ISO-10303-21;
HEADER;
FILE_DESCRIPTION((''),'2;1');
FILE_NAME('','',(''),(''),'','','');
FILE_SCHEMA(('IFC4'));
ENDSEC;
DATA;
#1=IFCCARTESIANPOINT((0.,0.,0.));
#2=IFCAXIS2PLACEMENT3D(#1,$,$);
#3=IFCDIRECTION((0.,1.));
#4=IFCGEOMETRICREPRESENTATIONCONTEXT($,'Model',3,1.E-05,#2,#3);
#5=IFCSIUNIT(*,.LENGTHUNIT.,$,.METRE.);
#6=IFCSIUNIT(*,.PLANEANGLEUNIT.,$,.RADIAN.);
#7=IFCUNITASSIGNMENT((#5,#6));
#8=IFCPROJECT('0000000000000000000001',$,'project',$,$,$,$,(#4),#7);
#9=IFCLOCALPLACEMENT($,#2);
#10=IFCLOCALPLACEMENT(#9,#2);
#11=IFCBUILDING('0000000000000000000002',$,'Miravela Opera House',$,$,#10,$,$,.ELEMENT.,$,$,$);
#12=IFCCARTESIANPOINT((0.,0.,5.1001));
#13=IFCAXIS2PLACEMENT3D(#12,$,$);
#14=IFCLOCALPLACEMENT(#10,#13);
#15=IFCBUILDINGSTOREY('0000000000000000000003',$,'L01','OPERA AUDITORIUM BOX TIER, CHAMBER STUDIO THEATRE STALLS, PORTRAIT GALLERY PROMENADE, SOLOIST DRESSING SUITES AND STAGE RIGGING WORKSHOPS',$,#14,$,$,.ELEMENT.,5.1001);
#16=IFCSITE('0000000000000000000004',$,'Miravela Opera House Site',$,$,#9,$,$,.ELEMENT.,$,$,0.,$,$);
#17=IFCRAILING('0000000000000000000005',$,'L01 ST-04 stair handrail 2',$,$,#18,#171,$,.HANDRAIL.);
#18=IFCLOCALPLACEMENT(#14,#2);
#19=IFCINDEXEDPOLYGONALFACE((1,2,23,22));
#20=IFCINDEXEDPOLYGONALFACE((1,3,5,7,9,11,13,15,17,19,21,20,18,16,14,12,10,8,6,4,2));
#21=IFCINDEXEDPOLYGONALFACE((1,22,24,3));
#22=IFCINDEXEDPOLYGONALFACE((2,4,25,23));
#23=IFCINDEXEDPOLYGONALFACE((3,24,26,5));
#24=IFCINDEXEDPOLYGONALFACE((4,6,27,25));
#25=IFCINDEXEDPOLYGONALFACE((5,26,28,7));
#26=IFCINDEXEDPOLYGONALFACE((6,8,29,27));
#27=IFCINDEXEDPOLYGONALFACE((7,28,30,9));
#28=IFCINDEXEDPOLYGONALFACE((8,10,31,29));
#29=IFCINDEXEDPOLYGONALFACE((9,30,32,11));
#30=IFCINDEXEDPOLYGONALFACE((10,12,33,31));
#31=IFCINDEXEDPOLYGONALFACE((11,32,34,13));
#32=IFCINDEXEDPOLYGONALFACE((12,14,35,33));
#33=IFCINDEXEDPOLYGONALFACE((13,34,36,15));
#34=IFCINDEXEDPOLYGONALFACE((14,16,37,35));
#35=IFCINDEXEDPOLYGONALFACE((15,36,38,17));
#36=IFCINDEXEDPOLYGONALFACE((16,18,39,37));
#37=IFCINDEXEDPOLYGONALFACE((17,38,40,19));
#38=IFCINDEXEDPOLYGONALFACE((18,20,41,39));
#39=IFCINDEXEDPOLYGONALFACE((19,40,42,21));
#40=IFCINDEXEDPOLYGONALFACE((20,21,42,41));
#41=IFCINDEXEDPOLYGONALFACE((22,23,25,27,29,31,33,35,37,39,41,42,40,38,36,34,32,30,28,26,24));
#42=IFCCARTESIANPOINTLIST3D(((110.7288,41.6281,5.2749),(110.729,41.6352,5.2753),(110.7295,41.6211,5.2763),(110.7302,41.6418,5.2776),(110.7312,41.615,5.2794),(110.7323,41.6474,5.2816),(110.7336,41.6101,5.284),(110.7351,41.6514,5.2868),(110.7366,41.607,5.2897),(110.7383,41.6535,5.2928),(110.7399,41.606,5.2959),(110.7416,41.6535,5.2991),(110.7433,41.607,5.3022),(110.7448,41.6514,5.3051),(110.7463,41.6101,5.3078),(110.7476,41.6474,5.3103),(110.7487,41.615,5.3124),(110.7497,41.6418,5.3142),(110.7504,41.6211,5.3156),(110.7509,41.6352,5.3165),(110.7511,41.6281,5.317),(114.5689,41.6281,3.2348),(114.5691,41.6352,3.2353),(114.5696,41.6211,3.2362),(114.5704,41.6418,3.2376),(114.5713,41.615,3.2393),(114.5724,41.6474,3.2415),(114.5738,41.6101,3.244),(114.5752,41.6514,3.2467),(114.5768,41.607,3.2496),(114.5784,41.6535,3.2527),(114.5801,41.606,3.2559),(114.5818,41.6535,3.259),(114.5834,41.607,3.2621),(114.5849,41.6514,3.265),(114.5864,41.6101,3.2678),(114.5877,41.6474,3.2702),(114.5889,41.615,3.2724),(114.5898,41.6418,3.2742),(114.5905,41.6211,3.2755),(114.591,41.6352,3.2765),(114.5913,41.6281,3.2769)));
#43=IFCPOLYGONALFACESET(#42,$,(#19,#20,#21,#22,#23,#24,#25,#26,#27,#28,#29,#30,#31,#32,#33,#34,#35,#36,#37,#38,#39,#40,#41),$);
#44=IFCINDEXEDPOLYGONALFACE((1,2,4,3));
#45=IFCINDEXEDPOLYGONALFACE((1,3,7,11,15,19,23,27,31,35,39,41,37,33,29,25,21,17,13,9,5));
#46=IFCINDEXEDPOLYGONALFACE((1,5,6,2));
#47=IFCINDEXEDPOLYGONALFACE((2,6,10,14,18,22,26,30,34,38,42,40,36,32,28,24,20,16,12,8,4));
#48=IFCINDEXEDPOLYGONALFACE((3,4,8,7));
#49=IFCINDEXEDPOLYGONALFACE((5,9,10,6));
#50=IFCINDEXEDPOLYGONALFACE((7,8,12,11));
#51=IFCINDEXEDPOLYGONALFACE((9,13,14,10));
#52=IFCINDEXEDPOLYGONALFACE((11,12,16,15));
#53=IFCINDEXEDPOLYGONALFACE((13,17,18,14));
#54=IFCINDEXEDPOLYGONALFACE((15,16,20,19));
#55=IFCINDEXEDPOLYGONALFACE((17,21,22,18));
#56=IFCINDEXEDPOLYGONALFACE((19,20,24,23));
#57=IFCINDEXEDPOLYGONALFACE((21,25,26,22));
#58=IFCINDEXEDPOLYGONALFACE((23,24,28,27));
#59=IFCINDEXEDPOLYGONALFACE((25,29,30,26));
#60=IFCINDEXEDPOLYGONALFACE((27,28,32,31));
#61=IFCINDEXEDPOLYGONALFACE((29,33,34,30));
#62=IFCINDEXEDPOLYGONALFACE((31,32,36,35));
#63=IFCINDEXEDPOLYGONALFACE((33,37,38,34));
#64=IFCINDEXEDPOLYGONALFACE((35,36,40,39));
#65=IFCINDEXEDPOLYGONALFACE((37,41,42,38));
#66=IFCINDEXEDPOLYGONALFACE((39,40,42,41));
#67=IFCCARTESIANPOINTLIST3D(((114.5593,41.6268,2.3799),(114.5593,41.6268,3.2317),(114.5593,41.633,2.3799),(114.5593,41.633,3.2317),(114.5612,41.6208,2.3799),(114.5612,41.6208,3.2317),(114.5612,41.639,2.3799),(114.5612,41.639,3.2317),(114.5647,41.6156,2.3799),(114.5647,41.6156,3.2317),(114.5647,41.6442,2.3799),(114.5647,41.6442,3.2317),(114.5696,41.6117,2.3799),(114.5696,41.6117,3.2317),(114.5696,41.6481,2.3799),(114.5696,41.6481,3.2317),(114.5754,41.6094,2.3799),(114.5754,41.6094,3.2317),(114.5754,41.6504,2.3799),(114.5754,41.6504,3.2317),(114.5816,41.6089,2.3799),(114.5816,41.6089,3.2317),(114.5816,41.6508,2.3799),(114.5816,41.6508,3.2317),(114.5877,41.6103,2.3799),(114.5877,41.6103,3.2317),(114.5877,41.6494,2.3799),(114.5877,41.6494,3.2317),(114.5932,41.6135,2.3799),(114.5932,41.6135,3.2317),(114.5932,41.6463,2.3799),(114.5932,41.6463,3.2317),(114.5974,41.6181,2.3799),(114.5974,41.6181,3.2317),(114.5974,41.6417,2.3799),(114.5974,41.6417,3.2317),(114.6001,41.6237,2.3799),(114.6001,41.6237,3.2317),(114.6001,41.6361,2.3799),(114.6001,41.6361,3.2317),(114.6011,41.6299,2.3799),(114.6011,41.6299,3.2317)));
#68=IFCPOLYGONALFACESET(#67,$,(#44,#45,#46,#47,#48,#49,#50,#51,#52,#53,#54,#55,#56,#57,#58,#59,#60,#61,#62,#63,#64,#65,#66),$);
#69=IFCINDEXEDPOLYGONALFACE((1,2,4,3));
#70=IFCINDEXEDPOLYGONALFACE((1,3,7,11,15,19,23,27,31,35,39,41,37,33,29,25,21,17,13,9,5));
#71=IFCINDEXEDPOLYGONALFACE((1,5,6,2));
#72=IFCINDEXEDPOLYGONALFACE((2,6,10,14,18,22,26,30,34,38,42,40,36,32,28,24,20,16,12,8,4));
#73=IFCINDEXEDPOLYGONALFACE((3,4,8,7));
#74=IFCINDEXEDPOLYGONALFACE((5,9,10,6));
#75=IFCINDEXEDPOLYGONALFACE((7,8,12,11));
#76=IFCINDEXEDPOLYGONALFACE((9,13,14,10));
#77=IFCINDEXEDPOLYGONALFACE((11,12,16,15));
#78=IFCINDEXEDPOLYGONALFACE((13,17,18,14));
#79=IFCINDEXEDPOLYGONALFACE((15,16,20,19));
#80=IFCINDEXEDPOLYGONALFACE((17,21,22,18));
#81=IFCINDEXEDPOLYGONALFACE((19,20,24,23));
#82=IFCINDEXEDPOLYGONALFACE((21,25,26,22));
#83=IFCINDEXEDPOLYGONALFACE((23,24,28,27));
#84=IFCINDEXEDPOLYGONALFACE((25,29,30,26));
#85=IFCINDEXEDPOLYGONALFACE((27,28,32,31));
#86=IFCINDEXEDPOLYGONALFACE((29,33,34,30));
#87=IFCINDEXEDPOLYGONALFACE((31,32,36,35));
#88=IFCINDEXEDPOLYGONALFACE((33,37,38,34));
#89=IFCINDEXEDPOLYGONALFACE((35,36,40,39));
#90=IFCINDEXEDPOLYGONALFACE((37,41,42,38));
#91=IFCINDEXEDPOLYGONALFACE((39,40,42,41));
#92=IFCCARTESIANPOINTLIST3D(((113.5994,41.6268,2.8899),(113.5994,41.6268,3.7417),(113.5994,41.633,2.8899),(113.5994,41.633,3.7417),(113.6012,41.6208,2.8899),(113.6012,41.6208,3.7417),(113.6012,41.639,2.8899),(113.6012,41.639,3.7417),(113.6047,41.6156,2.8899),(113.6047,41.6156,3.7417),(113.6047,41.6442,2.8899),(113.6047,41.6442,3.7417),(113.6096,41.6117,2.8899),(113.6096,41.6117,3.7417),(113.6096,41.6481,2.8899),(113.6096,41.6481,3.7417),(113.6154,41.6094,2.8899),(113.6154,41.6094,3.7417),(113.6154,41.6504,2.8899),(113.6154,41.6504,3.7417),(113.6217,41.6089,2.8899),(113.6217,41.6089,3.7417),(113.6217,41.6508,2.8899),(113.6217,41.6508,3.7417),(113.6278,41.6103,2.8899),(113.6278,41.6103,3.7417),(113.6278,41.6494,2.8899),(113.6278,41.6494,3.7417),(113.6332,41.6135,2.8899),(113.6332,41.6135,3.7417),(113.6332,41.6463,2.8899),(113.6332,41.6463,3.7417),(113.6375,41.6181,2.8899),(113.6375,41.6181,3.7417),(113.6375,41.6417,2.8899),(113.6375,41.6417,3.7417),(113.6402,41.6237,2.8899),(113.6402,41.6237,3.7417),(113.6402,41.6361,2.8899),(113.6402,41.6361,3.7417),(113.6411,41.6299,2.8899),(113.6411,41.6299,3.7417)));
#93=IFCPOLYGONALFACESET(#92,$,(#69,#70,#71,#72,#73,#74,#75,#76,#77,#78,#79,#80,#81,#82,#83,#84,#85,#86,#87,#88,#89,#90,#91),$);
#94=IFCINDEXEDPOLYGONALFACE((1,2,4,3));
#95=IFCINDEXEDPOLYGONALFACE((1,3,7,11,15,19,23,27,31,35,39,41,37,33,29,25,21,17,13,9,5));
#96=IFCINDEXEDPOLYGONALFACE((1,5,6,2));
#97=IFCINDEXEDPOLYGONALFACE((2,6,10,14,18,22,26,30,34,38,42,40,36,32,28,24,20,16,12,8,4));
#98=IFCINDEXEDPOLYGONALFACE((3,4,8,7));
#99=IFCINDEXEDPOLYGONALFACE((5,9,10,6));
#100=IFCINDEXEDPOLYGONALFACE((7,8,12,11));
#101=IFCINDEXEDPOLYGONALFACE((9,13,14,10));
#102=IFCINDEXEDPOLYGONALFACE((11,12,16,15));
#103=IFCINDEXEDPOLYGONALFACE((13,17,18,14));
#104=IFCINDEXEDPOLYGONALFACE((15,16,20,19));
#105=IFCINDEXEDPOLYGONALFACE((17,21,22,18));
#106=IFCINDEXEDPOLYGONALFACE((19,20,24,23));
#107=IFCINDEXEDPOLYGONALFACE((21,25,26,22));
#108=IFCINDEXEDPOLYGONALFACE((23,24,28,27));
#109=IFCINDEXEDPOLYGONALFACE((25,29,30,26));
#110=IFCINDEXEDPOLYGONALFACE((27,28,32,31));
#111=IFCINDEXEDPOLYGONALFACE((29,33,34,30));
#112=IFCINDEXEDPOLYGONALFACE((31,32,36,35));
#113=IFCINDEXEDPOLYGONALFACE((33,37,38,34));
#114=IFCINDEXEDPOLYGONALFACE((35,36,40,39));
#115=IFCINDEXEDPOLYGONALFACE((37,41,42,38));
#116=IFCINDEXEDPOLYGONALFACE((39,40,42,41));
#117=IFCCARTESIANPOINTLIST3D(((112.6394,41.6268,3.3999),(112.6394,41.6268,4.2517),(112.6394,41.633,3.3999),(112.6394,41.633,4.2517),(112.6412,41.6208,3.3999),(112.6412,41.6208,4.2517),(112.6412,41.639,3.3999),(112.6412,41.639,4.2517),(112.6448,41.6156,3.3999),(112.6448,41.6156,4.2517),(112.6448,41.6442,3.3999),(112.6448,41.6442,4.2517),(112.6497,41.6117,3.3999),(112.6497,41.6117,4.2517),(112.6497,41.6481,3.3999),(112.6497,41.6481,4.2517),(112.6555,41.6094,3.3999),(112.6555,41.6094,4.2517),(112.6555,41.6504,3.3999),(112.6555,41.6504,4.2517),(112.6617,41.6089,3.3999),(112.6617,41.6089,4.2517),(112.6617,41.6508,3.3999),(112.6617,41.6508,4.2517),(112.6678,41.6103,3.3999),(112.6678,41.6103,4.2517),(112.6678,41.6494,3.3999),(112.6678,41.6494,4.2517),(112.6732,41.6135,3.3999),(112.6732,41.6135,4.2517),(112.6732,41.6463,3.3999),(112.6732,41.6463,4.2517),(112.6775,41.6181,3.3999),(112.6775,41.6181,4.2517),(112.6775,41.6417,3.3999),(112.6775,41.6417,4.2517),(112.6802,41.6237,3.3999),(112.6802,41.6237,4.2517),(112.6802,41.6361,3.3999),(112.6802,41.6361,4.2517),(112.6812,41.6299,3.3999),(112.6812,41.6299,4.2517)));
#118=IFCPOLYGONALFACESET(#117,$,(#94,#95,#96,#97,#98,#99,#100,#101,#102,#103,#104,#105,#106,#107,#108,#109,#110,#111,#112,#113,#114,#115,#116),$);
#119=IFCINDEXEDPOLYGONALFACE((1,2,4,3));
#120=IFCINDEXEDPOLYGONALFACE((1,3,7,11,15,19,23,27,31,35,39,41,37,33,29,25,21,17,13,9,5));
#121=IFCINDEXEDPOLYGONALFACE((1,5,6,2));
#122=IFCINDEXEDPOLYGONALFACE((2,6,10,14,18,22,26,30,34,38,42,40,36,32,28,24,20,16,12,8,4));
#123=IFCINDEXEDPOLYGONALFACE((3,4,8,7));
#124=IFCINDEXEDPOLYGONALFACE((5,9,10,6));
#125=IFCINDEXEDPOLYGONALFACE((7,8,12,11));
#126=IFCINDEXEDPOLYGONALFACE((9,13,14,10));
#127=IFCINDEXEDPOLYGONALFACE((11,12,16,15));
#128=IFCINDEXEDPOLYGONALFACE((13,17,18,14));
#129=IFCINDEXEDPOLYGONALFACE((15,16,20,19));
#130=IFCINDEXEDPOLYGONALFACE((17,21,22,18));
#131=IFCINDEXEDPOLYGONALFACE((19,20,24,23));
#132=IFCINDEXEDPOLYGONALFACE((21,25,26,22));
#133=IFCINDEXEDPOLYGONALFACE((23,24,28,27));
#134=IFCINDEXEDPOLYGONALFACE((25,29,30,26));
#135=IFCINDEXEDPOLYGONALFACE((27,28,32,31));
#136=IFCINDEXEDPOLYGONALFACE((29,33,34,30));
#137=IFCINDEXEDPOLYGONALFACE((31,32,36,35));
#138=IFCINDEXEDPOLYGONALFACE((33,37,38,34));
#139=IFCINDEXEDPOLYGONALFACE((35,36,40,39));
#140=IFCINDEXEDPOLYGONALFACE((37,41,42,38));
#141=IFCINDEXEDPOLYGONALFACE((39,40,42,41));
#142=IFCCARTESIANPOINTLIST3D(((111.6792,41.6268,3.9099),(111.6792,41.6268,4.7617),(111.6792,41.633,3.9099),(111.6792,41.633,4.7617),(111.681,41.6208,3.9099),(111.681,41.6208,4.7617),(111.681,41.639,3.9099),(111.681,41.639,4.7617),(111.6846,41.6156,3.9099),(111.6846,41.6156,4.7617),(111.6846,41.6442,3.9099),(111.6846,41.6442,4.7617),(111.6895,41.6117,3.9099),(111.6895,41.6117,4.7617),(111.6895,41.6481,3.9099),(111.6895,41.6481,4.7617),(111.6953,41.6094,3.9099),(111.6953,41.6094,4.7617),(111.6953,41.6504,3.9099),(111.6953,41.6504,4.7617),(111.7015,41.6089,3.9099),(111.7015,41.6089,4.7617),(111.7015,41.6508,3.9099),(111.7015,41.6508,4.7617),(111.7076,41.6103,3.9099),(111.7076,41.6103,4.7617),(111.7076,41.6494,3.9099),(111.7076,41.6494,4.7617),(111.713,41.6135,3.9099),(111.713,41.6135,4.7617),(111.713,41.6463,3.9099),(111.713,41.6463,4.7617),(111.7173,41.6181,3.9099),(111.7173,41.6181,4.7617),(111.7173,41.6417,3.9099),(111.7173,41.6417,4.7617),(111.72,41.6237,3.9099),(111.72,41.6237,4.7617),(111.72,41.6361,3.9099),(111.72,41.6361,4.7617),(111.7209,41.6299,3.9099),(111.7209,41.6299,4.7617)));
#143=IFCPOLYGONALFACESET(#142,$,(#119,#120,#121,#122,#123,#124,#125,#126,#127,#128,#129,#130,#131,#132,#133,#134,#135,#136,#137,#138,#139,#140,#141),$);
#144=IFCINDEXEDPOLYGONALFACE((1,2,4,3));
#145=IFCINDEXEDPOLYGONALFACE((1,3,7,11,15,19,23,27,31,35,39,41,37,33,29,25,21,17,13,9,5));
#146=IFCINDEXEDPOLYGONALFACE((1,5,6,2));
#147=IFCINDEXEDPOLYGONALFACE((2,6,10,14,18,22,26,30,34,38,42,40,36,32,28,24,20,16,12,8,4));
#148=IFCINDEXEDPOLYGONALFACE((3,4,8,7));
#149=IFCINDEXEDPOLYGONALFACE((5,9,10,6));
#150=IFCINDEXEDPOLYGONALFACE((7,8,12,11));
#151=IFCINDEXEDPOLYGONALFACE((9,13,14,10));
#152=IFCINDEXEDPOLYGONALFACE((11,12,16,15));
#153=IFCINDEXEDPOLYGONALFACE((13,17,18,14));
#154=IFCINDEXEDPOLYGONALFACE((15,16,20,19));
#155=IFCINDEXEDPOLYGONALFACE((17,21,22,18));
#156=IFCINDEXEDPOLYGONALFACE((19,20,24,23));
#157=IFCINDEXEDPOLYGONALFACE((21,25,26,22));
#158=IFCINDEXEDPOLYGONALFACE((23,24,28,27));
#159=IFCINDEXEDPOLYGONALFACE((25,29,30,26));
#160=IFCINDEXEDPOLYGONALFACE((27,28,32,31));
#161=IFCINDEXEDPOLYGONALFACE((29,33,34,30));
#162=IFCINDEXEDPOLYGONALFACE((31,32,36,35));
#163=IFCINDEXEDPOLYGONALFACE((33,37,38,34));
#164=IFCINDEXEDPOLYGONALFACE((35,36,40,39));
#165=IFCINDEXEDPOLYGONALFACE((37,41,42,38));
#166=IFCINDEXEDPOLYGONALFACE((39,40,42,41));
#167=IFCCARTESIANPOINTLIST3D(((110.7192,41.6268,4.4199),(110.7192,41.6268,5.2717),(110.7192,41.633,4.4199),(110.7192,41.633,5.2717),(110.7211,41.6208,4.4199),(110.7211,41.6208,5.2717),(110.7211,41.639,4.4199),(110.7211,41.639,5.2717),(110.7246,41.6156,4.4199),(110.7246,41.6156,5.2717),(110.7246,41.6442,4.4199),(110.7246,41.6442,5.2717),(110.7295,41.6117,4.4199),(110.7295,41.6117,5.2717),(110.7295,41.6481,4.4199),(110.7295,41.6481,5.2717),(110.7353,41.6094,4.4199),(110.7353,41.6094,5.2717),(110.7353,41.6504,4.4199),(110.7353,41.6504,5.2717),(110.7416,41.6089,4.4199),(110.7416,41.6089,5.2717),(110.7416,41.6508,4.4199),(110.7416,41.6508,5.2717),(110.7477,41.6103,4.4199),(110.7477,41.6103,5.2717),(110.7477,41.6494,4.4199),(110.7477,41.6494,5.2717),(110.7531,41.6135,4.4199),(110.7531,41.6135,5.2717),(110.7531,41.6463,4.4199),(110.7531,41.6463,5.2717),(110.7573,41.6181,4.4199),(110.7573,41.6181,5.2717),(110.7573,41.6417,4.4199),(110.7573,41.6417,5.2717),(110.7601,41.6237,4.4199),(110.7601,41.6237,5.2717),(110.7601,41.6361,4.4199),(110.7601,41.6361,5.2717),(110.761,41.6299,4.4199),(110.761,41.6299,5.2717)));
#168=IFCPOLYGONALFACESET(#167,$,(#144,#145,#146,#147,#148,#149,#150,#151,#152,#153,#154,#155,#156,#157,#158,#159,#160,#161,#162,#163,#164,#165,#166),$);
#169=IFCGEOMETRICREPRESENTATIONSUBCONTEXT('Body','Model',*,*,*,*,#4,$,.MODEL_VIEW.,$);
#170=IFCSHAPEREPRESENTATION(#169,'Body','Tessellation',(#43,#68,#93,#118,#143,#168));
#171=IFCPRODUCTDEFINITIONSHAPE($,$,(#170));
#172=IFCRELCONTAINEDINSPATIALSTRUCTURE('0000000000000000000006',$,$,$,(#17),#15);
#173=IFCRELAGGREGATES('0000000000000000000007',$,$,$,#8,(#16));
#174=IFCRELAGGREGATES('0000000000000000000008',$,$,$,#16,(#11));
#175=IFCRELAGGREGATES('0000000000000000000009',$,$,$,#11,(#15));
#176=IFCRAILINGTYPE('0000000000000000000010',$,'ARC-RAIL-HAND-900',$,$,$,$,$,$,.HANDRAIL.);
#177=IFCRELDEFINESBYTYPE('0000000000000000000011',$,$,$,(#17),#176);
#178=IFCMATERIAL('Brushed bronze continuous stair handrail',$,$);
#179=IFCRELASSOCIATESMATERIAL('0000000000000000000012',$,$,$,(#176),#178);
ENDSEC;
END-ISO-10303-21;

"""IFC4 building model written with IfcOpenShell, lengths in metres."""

from ifc_helpers import new_model, si_unit, direction, frame, origin, origin_2d, place, context, subcontext, project, spatial, circle, extrude, material, type_object, element, save


model = new_model("IFC4")

# Units and contexts
model_context = context("Model", 3, precision=1e-05, world=origin(), true_north=direction((0.0, 1.0)))
body_context = subcontext(model_context, "Body", "Model", "MODEL_VIEW")
ifc_project = project(units=[si_unit("LENGTHUNIT", "METRE"), si_unit("PLANEANGLEUNIT", "RADIAN")], contexts=[model_context])

# Site, building, storey
site_placement = place(None, origin())
site = spatial("IfcSite", under=ifc_project, at=site_placement, Name="Miravela Opera House Site", CompositionType="ELEMENT", RefElevation=0.0)
building_placement = place(site_placement, origin())
building = spatial("IfcBuilding", under=site, at=building_placement, Name="Miravela Opera House", CompositionType="ELEMENT")
storey_placement = place(building_placement, frame((0.0, 0.0, 5.1001)))
storey = spatial("IfcBuildingStorey", under=building, at=storey_placement, Name="L01", Description="OPERA AUDITORIUM BOX TIER, CHAMBER STUDIO THEATRE STALLS, PORTRAIT GALLERY PROMENADE, SOLOIST DRESSING SUITES AND STAGE RIGGING WORKSHOPS", CompositionType="ELEMENT", Elevation=5.1001)

# Railing
ifc_material_1 = material(Name="Brushed bronze continuous stair handrail")
railing_type_1 = type_object("IfcRailingType", Name="ARC-RAIL-HAND-900", PredefinedType="HANDRAIL", material=ifc_material_1)
railing_1_placement = place(storey_placement, frame((114.5801, 41.6299, 2.3799)))
element("IfcRailing", 1, at=railing_1_placement, inside=storey, type_object=railing_type_1, Name="L01 ST-04 stair handrail 2", PredefinedType="HANDRAIL", context=body_context, shape_type="SweptSolid", body=[
    extrude(circle(Radius=0.0239, at=origin_2d()), frame((0.0, 0.0, 0.876), z_axis=(-0.883116, 0.0, 0.469154), x_axis=(0.0, -1.0, 0.0)), (0.0, 0.0, 1.0), 4.3484),
    extrude(circle(Radius=0.021, at=origin_2d()), origin(), (0.0, 0.0, 1.0), 0.8518),
    extrude(circle(Radius=0.021, at=origin_2d()), frame((-0.96, 0.0, 0.51)), (0.0, 0.0, 1.0), 0.8518),
    extrude(circle(Radius=0.021, at=origin_2d()), frame((-1.9199, 0.0, 1.02)), (0.0, 0.0, 1.0), 0.8518),
    extrude(circle(Radius=0.021, at=origin_2d()), frame((-2.8801, 0.0, 1.53)), (0.0, 0.0, 1.0), 0.8518),
    extrude(circle(Radius=0.021, at=origin_2d()), frame((-3.8401, 0.0, 2.04)), (0.0, 0.0, 1.0), 0.8518),
])

save(model, "model.ifc")
